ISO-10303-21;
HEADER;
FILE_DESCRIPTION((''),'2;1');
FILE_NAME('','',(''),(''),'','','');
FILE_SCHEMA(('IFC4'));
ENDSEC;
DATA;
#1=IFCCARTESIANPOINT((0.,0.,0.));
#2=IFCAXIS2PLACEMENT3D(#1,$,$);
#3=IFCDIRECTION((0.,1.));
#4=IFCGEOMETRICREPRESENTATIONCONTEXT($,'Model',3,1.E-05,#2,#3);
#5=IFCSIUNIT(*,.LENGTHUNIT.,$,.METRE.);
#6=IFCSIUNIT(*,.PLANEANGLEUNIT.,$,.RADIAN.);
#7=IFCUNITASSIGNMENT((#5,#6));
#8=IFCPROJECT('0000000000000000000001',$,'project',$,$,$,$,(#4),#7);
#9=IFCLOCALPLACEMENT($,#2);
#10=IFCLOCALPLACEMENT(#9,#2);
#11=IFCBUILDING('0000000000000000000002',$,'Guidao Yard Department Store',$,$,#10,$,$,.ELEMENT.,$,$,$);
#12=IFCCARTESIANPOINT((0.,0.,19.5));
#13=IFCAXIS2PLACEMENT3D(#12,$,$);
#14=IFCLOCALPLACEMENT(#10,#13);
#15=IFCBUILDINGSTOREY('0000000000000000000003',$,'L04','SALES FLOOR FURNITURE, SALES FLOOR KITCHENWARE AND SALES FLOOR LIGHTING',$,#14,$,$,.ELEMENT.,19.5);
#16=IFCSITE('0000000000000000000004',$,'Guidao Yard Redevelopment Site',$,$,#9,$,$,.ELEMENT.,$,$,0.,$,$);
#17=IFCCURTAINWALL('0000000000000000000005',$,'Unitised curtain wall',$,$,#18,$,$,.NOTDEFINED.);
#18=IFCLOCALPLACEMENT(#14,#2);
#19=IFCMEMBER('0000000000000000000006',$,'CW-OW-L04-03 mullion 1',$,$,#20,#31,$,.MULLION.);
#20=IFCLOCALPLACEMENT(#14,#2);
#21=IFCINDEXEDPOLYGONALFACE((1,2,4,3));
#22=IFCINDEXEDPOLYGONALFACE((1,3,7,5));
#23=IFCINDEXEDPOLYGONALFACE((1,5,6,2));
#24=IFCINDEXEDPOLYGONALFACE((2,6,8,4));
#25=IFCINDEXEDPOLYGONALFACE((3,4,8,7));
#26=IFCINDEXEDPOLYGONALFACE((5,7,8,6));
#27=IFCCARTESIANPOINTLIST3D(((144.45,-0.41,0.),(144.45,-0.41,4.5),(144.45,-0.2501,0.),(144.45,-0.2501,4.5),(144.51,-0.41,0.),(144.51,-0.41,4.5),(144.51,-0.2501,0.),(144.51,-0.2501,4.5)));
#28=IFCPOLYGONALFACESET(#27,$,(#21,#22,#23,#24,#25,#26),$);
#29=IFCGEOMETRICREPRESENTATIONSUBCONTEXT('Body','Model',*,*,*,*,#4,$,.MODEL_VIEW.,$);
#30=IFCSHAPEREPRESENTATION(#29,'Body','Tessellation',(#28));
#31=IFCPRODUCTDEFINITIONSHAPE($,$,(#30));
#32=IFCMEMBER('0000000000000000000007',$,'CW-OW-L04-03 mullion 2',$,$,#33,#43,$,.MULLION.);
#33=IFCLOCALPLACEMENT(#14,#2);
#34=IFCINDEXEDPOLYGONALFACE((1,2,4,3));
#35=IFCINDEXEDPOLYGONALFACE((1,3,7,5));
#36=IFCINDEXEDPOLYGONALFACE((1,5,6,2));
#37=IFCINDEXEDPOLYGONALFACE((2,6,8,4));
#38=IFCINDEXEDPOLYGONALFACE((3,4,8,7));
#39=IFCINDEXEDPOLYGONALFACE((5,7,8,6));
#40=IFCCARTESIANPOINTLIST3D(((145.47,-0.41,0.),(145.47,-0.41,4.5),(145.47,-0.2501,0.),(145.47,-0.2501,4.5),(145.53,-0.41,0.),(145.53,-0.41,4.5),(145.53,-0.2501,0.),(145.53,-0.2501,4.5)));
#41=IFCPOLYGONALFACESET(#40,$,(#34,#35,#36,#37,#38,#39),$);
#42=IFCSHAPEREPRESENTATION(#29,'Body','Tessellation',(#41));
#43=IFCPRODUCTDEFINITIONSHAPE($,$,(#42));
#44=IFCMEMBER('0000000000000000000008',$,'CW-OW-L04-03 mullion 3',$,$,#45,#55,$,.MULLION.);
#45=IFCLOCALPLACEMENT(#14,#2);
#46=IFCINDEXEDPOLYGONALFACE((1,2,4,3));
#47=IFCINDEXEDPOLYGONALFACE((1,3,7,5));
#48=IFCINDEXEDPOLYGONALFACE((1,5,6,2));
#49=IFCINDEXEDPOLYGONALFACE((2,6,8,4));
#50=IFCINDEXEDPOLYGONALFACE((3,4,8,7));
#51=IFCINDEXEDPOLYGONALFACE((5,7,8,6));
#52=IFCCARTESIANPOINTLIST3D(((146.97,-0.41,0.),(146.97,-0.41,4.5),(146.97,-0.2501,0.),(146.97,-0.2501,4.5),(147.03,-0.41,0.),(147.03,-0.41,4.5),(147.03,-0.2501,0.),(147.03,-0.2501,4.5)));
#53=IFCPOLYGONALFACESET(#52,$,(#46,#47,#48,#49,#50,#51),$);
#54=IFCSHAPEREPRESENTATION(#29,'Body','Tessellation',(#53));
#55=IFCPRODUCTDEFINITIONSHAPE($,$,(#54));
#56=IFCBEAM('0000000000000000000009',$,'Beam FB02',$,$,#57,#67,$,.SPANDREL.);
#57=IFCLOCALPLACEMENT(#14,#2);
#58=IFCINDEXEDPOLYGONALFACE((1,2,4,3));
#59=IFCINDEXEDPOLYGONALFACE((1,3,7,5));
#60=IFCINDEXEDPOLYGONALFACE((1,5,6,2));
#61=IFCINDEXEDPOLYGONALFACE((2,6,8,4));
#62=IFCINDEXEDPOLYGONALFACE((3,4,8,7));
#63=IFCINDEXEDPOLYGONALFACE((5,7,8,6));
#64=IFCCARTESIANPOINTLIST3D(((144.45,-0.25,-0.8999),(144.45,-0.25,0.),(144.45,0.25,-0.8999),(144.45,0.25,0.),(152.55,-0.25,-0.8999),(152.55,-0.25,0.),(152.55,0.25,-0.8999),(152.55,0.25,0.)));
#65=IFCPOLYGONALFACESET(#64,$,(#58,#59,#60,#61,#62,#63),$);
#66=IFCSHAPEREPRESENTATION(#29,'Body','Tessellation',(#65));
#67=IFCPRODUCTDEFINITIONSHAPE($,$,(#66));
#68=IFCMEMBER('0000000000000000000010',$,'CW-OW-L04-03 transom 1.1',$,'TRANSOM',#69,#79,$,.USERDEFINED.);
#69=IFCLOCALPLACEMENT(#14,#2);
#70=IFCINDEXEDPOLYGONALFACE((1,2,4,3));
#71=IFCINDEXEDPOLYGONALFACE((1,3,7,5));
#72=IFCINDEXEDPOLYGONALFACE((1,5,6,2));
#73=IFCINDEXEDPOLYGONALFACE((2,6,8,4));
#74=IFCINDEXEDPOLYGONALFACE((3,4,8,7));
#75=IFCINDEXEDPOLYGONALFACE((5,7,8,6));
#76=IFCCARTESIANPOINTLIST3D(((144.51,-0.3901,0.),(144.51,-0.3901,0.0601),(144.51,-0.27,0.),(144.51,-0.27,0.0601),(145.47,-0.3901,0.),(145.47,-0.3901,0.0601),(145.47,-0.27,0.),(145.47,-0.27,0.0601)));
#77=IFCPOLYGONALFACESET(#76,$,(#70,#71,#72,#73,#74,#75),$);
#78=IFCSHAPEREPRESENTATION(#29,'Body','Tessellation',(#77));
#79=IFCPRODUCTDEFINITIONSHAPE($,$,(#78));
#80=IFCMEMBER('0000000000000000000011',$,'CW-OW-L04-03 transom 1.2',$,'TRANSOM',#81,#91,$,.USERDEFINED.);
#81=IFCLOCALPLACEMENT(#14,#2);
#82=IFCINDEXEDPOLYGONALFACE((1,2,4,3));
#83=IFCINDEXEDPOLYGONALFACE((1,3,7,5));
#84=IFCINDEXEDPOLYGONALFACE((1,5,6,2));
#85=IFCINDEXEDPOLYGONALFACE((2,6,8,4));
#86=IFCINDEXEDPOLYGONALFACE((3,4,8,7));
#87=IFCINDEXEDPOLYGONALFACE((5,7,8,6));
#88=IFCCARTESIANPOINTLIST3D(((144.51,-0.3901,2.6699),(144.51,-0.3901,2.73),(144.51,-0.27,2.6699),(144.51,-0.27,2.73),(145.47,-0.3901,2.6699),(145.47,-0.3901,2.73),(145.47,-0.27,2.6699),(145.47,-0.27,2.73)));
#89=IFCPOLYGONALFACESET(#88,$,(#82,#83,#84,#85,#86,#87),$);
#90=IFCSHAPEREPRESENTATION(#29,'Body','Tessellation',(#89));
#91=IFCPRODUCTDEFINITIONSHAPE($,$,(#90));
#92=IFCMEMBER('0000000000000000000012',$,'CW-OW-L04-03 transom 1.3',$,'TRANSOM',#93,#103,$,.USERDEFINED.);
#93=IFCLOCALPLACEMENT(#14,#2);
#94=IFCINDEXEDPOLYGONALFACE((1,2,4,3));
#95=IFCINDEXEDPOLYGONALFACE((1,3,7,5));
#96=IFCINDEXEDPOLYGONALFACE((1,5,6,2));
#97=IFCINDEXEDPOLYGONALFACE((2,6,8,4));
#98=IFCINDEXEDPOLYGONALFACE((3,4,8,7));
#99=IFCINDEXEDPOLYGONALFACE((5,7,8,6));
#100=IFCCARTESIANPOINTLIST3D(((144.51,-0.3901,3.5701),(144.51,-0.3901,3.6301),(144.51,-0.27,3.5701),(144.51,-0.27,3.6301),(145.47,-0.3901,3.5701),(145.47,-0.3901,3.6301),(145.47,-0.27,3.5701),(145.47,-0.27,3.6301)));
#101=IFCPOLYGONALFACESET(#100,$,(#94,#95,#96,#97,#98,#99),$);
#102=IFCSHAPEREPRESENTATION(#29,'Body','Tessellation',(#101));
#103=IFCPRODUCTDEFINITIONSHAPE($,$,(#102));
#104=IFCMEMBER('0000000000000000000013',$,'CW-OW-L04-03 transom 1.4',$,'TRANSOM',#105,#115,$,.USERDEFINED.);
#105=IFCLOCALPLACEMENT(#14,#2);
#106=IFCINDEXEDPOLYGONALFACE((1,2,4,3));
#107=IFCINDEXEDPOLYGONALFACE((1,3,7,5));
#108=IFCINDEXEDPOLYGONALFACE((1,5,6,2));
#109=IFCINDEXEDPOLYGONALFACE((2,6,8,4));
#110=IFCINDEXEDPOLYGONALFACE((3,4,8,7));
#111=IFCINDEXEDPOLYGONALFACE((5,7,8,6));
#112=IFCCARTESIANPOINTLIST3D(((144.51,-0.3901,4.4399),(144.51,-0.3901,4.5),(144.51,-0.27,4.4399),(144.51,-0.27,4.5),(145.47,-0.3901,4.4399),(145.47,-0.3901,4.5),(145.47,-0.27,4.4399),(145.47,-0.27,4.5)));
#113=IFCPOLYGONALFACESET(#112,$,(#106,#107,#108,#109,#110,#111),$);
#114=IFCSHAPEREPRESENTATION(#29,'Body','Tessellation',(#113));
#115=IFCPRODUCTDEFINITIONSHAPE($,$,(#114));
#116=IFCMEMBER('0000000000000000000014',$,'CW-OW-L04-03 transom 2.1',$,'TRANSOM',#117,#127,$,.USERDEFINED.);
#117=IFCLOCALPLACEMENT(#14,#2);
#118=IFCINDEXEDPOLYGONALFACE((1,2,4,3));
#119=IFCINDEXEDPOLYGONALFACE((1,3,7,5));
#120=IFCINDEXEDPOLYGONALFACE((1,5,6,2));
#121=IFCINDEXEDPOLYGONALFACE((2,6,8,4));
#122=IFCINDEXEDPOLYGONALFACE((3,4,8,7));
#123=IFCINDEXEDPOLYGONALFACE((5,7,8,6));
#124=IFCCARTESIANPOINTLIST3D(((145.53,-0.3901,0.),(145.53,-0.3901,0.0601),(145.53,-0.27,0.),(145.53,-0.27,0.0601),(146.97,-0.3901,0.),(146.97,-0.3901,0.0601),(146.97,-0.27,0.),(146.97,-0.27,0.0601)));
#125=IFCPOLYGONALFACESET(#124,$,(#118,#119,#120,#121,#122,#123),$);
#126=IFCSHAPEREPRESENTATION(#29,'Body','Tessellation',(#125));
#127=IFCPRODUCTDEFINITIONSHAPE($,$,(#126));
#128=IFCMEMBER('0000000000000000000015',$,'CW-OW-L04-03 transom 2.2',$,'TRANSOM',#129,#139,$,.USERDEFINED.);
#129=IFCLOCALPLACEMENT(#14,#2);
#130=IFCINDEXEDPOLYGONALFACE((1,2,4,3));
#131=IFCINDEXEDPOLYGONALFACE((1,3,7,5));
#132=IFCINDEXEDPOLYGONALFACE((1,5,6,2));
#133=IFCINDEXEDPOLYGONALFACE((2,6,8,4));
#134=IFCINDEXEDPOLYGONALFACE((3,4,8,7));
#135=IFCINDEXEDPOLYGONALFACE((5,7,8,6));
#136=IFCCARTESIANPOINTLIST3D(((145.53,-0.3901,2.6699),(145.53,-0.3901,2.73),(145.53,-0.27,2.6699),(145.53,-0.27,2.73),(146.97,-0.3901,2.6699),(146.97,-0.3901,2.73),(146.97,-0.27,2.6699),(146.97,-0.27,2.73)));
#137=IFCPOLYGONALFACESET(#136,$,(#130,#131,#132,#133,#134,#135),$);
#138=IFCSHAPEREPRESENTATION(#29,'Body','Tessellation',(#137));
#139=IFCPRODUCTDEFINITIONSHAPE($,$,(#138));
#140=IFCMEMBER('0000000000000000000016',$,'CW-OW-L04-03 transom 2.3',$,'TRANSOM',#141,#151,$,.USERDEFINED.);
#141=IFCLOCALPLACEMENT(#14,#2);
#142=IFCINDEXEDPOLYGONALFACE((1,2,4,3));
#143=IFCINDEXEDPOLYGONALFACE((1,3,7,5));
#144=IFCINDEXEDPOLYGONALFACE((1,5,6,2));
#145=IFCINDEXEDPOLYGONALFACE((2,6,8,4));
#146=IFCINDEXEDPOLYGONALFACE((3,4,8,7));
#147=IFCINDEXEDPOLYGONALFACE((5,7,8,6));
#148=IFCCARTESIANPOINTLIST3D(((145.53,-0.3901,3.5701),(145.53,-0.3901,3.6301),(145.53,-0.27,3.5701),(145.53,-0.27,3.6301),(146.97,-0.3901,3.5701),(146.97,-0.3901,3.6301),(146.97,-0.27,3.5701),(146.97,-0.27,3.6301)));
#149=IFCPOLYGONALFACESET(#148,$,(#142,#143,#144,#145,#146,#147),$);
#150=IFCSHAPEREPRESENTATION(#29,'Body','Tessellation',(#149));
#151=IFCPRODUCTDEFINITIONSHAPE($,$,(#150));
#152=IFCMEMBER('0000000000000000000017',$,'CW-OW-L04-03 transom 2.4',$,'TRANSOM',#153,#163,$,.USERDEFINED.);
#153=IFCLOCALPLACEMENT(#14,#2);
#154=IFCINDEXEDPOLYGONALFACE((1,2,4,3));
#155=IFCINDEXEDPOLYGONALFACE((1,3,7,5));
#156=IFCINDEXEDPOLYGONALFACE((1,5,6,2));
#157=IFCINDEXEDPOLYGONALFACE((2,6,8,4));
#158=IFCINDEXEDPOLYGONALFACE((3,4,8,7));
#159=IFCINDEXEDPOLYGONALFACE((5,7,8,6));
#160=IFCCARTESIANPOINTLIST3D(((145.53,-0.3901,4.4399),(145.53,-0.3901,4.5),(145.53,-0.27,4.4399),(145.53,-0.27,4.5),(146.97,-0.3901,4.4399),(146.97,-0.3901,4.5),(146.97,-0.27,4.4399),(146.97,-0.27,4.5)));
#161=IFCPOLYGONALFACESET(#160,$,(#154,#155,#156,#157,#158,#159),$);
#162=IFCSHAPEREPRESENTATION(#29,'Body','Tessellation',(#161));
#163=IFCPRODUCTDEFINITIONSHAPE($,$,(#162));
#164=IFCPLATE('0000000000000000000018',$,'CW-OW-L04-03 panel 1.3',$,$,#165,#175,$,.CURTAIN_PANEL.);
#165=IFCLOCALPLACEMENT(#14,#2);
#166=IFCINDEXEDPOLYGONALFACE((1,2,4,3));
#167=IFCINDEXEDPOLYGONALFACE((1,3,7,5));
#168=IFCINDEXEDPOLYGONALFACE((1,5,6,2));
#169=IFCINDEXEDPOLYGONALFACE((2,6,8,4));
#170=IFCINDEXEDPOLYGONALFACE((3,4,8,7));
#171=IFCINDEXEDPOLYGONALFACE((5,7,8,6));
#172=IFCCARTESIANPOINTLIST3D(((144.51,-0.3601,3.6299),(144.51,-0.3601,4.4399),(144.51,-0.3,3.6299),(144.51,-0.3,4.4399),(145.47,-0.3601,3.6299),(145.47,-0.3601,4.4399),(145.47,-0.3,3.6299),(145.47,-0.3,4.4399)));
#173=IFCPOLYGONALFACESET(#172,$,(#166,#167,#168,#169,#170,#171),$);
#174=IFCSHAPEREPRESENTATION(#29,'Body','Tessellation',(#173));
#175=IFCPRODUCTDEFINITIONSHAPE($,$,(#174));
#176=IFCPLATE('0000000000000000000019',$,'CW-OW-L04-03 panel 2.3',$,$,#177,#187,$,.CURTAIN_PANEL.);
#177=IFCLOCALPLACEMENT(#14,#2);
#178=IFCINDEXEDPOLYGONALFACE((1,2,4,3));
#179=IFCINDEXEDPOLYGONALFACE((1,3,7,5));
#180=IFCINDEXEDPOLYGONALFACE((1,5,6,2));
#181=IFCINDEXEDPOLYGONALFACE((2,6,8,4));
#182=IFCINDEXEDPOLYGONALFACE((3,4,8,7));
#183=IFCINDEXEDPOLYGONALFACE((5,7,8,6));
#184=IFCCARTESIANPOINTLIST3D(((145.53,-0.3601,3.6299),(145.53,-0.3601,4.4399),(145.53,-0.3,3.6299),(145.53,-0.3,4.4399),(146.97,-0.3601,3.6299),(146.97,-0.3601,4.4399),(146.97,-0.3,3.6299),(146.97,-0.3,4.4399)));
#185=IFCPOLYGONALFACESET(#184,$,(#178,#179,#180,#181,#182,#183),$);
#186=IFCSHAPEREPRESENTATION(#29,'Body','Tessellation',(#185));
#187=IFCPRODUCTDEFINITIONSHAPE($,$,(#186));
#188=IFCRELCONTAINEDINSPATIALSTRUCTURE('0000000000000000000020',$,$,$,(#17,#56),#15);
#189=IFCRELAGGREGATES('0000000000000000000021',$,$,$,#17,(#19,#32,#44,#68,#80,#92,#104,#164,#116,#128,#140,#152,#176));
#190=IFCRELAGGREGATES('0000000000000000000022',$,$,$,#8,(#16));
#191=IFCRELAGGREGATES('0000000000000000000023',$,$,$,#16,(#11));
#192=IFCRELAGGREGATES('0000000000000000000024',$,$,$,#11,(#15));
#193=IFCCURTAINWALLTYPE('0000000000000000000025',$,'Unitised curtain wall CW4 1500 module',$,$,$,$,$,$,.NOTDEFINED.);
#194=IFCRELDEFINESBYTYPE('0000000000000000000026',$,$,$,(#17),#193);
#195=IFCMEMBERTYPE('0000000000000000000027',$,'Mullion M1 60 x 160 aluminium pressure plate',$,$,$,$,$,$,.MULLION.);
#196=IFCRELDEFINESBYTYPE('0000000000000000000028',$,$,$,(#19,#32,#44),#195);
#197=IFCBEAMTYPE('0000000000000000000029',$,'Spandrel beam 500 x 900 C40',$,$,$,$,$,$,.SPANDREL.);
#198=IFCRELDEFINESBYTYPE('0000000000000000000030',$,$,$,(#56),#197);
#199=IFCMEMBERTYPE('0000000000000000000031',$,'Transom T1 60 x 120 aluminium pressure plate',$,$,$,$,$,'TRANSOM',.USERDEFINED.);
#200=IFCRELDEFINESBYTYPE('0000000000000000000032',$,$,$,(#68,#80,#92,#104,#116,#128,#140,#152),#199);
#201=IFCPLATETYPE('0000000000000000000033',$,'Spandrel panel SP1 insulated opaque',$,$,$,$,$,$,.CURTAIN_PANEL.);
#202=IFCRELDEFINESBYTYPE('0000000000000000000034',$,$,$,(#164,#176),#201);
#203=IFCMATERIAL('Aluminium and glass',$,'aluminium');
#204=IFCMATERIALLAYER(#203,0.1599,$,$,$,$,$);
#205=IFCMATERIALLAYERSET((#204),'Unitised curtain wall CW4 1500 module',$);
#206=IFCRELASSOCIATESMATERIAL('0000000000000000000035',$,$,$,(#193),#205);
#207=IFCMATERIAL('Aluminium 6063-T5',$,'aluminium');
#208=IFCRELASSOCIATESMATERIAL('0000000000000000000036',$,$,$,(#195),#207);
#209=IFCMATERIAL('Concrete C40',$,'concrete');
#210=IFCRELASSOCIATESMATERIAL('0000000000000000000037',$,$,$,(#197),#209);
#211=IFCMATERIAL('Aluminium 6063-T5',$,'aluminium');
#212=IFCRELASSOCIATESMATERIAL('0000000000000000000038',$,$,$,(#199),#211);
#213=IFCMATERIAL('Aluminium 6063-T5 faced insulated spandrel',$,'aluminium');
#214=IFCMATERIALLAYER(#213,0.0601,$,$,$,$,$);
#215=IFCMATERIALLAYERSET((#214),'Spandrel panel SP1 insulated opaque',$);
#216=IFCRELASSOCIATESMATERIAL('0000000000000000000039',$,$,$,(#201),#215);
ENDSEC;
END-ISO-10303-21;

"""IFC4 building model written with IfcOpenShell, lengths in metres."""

from ifc_helpers import new_model, si_unit, direction, frame, origin, origin_2d, place, context, subcontext, project, spatial, rectangle, extrude, material, layer, layer_set, material_profile, profile_set, type_object, element, aggregate, save


model = new_model("IFC4")

# Units and contexts
model_context = context("Model", 3, precision=1e-05, world=origin(), true_north=direction((0.0, 1.0)))
body_context = subcontext(model_context, "Body", "Model", "MODEL_VIEW")
ifc_project = project(units=[si_unit("LENGTHUNIT", "METRE"), si_unit("PLANEANGLEUNIT", "RADIAN")], contexts=[model_context])

# Site, building, storey
site_placement = place(None, origin())
site = spatial("IfcSite", under=ifc_project, at=site_placement, Name="Guidao Yard Redevelopment Site", CompositionType="ELEMENT", RefElevation=0.0)
building_placement = place(site_placement, origin())
building = spatial("IfcBuilding", under=site, at=building_placement, Name="Guidao Yard Department Store", CompositionType="ELEMENT")
storey_placement = place(building_placement, frame((0.0, 0.0, 19.5)))
storey = spatial("IfcBuildingStorey", under=building, at=storey_placement, Name="L04", Description="SALES FLOOR FURNITURE, SALES FLOOR KITCHENWARE AND SALES FLOOR LIGHTING", CompositionType="ELEMENT", Elevation=19.5)

# Curtain wall, members
ifc_material_1 = material(Name="Aluminium and glass", Category="aluminium")
ifc_layer_1 = layer(ifc_material_1, 0.1599)
ifc_layer_set_1 = layer_set([ifc_layer_1], Name="Unitised curtain wall CW4 1500 module")
curtain_wall_type = type_object("IfcCurtainWallType", Name="Unitised curtain wall CW4 1500 module", PredefinedType="NOTDEFINED", material=ifc_layer_set_1)
curtain_wall_placement = place(storey_placement, origin())
curtain_wall = element("IfcCurtainWall", 1, at=curtain_wall_placement, inside=storey, type_object=curtain_wall_type, Name="Unitised curtain wall", PredefinedType="NOTDEFINED")
ifc_material_2 = material(Name="Aluminium 6063-T5", Category="aluminium")
ifc_material_profile_1 = material_profile(ifc_material_2, rectangle(XDim=0.0601, YDim=0.1599, at=origin_2d()), Name="Mullion M1 60 x 160 aluminium pressure plate")
ifc_profile_set_1 = profile_set([ifc_material_profile_1], Name="Aluminium 6063-T5")
member_type_1 = type_object("IfcMemberType", Name="Mullion M1 60 x 160 aluminium pressure plate", PredefinedType="MULLION", material=ifc_profile_set_1)
member_1_placement = place(storey_placement, frame((144.48, -0.3301, 0.0), z_axis=(0.0, 0.0, 1.0), x_axis=(-1.0, 0.0, 0.0)))
member_1 = element("IfcMember", 2, at=member_1_placement, type_object=member_type_1, Name="CW-OW-L04-03 mullion 1", PredefinedType="MULLION", context=body_context, shape_type="SweptSolid", body=[
    extrude(rectangle(XDim=0.0601, YDim=0.1599, at=origin_2d()), origin(), (0.0, 0.0, 1.0), 4.5),
])
member_2_placement = place(storey_placement, frame((145.5, -0.3301, 0.0), z_axis=(0.0, 0.0, 1.0), x_axis=(-1.0, 0.0, 0.0)))
member_2 = element("IfcMember", 3, at=member_2_placement, type_object=member_type_1, Name="CW-OW-L04-03 mullion 2", PredefinedType="MULLION", context=body_context, shape_type="SweptSolid", body=[
    extrude(rectangle(XDim=0.0601, YDim=0.1599, at=origin_2d()), origin(), (0.0, 0.0, 1.0), 4.5),
])
member_3_placement = place(storey_placement, frame((147.0, -0.3301, 0.0), z_axis=(0.0, 0.0, 1.0), x_axis=(-1.0, 0.0, 0.0)))
member_3 = element("IfcMember", 4, at=member_3_placement, type_object=member_type_1, Name="CW-OW-L04-03 mullion 3", PredefinedType="MULLION", context=body_context, shape_type="SweptSolid", body=[
    extrude(rectangle(XDim=0.0601, YDim=0.1599, at=origin_2d()), origin(), (0.0, 0.0, 1.0), 4.5),
])

# Beam
ifc_material_3 = material(Name="Concrete C40", Category="concrete")
ifc_material_profile_2 = material_profile(ifc_material_3, rectangle(XDim=0.5, YDim=0.8999, at=origin_2d()), Name="Spandrel beam 500 x 900 C40")
ifc_profile_set_2 = profile_set([ifc_material_profile_2], Name="Concrete C40")
beam_type = type_object("IfcBeamType", Name="Spandrel beam 500 x 900 C40", PredefinedType="SPANDREL", material=ifc_profile_set_2)
beam_placement = place(storey_placement, frame((144.45, 0.0, -0.45), z_axis=(1.0, 0.0, 0.0), x_axis=(0.0, 1.0, 0.0)))
element("IfcBeam", 5, at=beam_placement, inside=storey, type_object=beam_type, Name="Beam FB02", PredefinedType="SPANDREL", context=body_context, shape_type="SweptSolid", body=[
    extrude(rectangle(XDim=0.5, YDim=0.8999, at=origin_2d()), origin(), (0.0, 0.0, 1.0), 8.1001),
])

# Members
ifc_material_4 = material(Name="Aluminium 6063-T5", Category="aluminium")
ifc_material_profile_3 = material_profile(ifc_material_4, rectangle(XDim=0.1201, YDim=0.0601, at=origin_2d()), Name="Transom T1 60 x 120 aluminium pressure plate")
ifc_profile_set_3 = profile_set([ifc_material_profile_3], Name="Aluminium 6063-T5")
member_type_2 = type_object("IfcMemberType", Name="Transom T1 60 x 120 aluminium pressure plate", ElementType="TRANSOM", PredefinedType="USERDEFINED", material=ifc_profile_set_3)
member_4_placement = place(storey_placement, frame((145.47, -0.3301, 0.03), z_axis=(-1.0, 0.0, 0.0), x_axis=(0.0, -1.0, 0.0)))
member_4 = element("IfcMember", 6, at=member_4_placement, type_object=member_type_2, Name="CW-OW-L04-03 transom 1.1", ObjectType="TRANSOM", PredefinedType="USERDEFINED", context=body_context, shape_type="SweptSolid", body=[
    extrude(rectangle(XDim=0.1201, YDim=0.0601, at=origin_2d()), origin(), (0.0, 0.0, 1.0), 0.96),
])
member_5_placement = place(storey_placement, frame((145.47, -0.3301, 2.7), z_axis=(-1.0, 0.0, 0.0), x_axis=(0.0, -1.0, 0.0)))
member_5 = element("IfcMember", 7, at=member_5_placement, type_object=member_type_2, Name="CW-OW-L04-03 transom 1.2", ObjectType="TRANSOM", PredefinedType="USERDEFINED", context=body_context, shape_type="SweptSolid", body=[
    extrude(rectangle(XDim=0.1201, YDim=0.0601, at=origin_2d()), origin(), (0.0, 0.0, 1.0), 0.96),
])
member_6_placement = place(storey_placement, frame((145.47, -0.3301, 3.6001), z_axis=(-1.0, 0.0, 0.0), x_axis=(0.0, -1.0, 0.0)))
member_6 = element("IfcMember", 8, at=member_6_placement, type_object=member_type_2, Name="CW-OW-L04-03 transom 1.3", ObjectType="TRANSOM", PredefinedType="USERDEFINED", context=body_context, shape_type="SweptSolid", body=[
    extrude(rectangle(XDim=0.1201, YDim=0.0601, at=origin_2d()), origin(), (0.0, 0.0, 1.0), 0.96),
])
member_7_placement = place(storey_placement, frame((145.47, -0.3301, 4.47), z_axis=(-1.0, 0.0, 0.0), x_axis=(0.0, -1.0, 0.0)))
member_7 = element("IfcMember", 9, at=member_7_placement, type_object=member_type_2, Name="CW-OW-L04-03 transom 1.4", ObjectType="TRANSOM", PredefinedType="USERDEFINED", context=body_context, shape_type="SweptSolid", body=[
    extrude(rectangle(XDim=0.1201, YDim=0.0601, at=origin_2d()), origin(), (0.0, 0.0, 1.0), 0.96),
])
member_8_placement = place(storey_placement, frame((146.97, -0.3301, 0.03), z_axis=(-1.0, 0.0, 0.0), x_axis=(0.0, -1.0, 0.0)))
member_8 = element("IfcMember", 10, at=member_8_placement, type_object=member_type_2, Name="CW-OW-L04-03 transom 2.1", ObjectType="TRANSOM", PredefinedType="USERDEFINED", context=body_context, shape_type="SweptSolid", body=[
    extrude(rectangle(XDim=0.1201, YDim=0.0601, at=origin_2d()), origin(), (0.0, 0.0, 1.0), 1.4399),
])
member_9_placement = place(storey_placement, frame((146.97, -0.3301, 2.7), z_axis=(-1.0, 0.0, 0.0), x_axis=(0.0, -1.0, 0.0)))
member_9 = element("IfcMember", 11, at=member_9_placement, type_object=member_type_2, Name="CW-OW-L04-03 transom 2.2", ObjectType="TRANSOM", PredefinedType="USERDEFINED", context=body_context, shape_type="SweptSolid", body=[
    extrude(rectangle(XDim=0.1201, YDim=0.0601, at=origin_2d()), origin(), (0.0, 0.0, 1.0), 1.4399),
])
member_10_placement = place(storey_placement, frame((146.97, -0.3301, 3.6001), z_axis=(-1.0, 0.0, 0.0), x_axis=(0.0, -1.0, 0.0)))
member_10 = element("IfcMember", 12, at=member_10_placement, type_object=member_type_2, Name="CW-OW-L04-03 transom 2.3", ObjectType="TRANSOM", PredefinedType="USERDEFINED", context=body_context, shape_type="SweptSolid", body=[
    extrude(rectangle(XDim=0.1201, YDim=0.0601, at=origin_2d()), origin(), (0.0, 0.0, 1.0), 1.4399),
])
member_11_placement = place(storey_placement, frame((146.97, -0.3301, 4.47), z_axis=(-1.0, 0.0, 0.0), x_axis=(0.0, -1.0, 0.0)))
member_11 = element("IfcMember", 13, at=member_11_placement, type_object=member_type_2, Name="CW-OW-L04-03 transom 2.4", ObjectType="TRANSOM", PredefinedType="USERDEFINED", context=body_context, shape_type="SweptSolid", body=[
    extrude(rectangle(XDim=0.1201, YDim=0.0601, at=origin_2d()), origin(), (0.0, 0.0, 1.0), 1.4399),
])

# Plates
ifc_material_5 = material(Name="Aluminium 6063-T5 faced insulated spandrel", Category="aluminium")
ifc_layer_2 = layer(ifc_material_5, 0.0601)
ifc_layer_set_2 = layer_set([ifc_layer_2], Name="Spandrel panel SP1 insulated opaque")
plate_type_1 = type_object("IfcPlateType", Name="Spandrel panel SP1 insulated opaque", PredefinedType="CURTAIN_PANEL", material=ifc_layer_set_2)
plate_1_placement = place(storey_placement, frame((144.99, -0.3301, 3.6299), z_axis=(0.0, 0.0, 1.0), x_axis=(-1.0, 0.0, 0.0)))
plate_1 = element("IfcPlate", 14, at=plate_1_placement, type_object=plate_type_1, Name="CW-OW-L04-03 panel 1.3", PredefinedType="CURTAIN_PANEL", context=body_context, shape_type="SweptSolid", body=[
    extrude(rectangle(XDim=0.96, YDim=0.0601, at=origin_2d()), origin(), (0.0, 0.0, 1.0), 0.8101),
])
plate_2_placement = place(storey_placement, frame((146.25, -0.3301, 3.6299), z_axis=(0.0, 0.0, 1.0), x_axis=(-1.0, 0.0, 0.0)))
plate_2 = element("IfcPlate", 15, at=plate_2_placement, type_object=plate_type_1, Name="CW-OW-L04-03 panel 2.3", PredefinedType="CURTAIN_PANEL", context=body_context, shape_type="SweptSolid", body=[
    extrude(rectangle(XDim=1.4399, YDim=0.0601, at=origin_2d()), origin(), (0.0, 0.0, 1.0), 0.8101),
])
aggregate(curtain_wall, [member_1, member_2, member_3, member_4, member_5, member_6, member_7, plate_1, member_8, member_9, member_10, member_11, plate_2])

save(model, "model.ifc")
